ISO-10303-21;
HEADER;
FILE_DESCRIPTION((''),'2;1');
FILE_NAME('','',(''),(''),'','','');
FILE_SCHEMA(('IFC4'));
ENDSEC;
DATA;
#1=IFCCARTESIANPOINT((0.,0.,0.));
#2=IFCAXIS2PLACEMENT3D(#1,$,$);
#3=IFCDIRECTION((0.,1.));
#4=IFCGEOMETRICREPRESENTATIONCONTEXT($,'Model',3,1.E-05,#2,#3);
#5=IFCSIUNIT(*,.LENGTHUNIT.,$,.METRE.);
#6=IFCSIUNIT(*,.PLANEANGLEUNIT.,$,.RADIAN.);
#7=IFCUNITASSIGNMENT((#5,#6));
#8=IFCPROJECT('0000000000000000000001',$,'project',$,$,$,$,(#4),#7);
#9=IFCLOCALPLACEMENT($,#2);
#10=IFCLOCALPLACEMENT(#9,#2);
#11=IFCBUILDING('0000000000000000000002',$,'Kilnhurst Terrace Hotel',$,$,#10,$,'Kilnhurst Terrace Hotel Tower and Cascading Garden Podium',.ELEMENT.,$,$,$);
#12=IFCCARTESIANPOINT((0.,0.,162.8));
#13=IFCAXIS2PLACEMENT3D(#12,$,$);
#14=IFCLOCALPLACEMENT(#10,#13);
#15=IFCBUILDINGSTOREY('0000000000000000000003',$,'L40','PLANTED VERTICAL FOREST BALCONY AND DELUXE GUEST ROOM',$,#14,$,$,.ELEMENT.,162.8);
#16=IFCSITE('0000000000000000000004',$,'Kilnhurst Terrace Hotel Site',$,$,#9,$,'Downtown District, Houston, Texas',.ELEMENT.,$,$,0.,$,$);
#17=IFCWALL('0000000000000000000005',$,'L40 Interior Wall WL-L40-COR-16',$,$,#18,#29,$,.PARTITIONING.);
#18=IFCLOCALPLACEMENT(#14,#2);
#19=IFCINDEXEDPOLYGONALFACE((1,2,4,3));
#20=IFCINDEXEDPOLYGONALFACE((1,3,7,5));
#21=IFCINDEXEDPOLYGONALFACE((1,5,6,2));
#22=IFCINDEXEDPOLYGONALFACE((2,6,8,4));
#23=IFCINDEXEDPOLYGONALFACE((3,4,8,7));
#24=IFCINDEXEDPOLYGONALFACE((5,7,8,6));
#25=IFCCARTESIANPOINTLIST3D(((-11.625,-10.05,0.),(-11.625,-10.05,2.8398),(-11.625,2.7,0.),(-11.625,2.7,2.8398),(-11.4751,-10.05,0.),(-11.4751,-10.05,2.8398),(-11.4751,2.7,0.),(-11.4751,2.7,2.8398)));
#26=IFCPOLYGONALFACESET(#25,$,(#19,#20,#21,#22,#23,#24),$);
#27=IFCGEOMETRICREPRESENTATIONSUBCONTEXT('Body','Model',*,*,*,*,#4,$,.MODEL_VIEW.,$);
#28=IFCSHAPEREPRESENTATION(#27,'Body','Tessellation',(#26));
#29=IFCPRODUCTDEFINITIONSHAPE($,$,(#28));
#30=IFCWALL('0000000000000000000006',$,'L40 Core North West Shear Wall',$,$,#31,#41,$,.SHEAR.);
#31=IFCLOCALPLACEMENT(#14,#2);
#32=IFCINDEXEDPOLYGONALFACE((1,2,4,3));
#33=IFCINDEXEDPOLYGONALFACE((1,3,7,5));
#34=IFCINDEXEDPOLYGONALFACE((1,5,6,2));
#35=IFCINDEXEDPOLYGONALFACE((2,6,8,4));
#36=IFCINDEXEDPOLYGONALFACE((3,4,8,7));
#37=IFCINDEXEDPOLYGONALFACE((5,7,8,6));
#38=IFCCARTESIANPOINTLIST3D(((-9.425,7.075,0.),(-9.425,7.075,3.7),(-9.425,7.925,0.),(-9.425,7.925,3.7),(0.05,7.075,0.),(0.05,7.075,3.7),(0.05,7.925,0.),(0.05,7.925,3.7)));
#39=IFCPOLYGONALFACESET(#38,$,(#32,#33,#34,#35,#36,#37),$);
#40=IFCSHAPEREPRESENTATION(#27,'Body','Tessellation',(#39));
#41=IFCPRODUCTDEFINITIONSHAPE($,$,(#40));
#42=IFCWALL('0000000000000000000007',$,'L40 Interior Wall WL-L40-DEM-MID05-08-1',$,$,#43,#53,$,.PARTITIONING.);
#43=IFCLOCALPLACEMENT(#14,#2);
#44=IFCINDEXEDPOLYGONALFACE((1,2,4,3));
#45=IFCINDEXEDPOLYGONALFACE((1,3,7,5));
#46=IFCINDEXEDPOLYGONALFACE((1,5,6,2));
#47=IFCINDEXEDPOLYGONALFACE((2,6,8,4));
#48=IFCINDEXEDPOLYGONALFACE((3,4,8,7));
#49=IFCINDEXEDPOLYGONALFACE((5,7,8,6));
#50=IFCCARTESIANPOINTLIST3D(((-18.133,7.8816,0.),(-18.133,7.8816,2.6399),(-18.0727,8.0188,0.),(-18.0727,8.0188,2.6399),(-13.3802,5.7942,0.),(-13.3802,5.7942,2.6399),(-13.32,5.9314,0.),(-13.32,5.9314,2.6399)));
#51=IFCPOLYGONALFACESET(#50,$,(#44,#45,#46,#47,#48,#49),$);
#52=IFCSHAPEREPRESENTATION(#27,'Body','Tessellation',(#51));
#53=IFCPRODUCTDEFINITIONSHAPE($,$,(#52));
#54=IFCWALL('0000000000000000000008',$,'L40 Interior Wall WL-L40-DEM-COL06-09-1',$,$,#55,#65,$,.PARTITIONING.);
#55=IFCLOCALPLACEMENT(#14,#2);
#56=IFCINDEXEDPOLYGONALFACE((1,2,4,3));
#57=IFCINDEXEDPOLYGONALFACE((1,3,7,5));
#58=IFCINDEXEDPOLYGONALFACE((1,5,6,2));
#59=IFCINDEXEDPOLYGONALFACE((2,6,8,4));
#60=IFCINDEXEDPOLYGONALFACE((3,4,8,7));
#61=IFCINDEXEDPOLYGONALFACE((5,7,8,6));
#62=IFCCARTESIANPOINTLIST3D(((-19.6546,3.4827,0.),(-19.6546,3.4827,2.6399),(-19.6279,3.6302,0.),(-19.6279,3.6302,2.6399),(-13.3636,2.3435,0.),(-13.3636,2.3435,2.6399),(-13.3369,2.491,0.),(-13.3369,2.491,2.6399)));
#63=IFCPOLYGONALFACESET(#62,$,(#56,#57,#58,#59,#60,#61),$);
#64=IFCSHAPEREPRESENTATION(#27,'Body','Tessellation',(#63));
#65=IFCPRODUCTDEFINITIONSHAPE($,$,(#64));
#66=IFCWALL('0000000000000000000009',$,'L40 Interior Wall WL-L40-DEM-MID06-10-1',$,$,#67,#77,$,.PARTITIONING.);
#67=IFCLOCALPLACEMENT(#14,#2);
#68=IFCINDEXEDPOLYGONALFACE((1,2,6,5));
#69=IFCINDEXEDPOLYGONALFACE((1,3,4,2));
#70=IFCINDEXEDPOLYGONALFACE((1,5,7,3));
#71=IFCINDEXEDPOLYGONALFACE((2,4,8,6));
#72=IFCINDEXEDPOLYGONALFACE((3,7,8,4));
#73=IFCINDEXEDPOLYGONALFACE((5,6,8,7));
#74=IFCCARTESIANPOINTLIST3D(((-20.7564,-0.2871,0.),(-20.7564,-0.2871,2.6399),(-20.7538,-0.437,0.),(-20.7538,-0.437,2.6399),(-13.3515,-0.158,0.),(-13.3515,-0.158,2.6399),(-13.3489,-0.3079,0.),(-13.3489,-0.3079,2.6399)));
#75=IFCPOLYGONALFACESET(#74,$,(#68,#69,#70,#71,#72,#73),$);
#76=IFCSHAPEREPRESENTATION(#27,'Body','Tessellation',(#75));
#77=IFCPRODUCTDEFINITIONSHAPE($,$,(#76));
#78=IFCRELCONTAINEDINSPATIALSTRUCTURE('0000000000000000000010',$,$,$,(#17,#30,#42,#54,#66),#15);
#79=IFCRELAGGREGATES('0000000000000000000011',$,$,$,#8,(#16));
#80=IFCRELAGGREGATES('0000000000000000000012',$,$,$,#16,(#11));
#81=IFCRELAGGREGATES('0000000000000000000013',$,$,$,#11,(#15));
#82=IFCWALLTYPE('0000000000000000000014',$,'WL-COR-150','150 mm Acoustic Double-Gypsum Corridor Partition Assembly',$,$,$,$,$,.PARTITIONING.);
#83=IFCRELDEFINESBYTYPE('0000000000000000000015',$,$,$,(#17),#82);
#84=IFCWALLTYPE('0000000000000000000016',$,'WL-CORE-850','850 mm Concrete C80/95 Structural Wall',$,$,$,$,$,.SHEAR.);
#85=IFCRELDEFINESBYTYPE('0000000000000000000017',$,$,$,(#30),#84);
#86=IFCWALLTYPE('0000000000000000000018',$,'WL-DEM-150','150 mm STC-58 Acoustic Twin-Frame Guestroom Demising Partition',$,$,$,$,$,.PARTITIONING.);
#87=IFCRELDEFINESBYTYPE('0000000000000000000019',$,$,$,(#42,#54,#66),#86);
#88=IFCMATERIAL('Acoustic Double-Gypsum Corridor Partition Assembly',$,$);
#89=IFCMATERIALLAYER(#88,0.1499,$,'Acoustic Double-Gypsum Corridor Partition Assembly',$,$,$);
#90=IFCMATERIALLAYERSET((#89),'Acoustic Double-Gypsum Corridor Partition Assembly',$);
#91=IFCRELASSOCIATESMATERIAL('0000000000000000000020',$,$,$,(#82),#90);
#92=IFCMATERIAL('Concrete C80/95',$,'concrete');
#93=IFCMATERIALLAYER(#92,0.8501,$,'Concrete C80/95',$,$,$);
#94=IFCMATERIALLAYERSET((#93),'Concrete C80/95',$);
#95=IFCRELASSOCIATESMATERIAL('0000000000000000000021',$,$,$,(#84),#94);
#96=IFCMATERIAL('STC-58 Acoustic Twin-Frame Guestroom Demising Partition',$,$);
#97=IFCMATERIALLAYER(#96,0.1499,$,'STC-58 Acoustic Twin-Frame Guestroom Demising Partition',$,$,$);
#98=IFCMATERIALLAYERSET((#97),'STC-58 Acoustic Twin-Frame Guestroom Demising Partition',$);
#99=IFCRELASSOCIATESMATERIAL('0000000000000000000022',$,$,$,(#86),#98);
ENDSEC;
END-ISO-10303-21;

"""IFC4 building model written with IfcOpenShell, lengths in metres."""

from ifc_helpers import new_model, si_unit, direction, frame, frame_2d, origin, place, context, subcontext, project, spatial, rectangle, extrude, material, layer, layer_set, type_object, element, save


model = new_model("IFC4")

# Units and contexts
model_context = context("Model", 3, precision=1e-05, world=origin(), true_north=direction((0.0, 1.0)))
body_context = subcontext(model_context, "Body", "Model", "MODEL_VIEW")
ifc_project = project(units=[si_unit("LENGTHUNIT", "METRE"), si_unit("PLANEANGLEUNIT", "RADIAN")], contexts=[model_context])

# Site, building, storey
site_placement = place(None, origin())
site = spatial("IfcSite", under=ifc_project, at=site_placement, Name="Kilnhurst Terrace Hotel Site", LongName="Downtown District, Houston, Texas", CompositionType="ELEMENT", RefElevation=0.0)
building_placement = place(site_placement, origin())
building = spatial("IfcBuilding", under=site, at=building_placement, Name="Kilnhurst Terrace Hotel", LongName="Kilnhurst Terrace Hotel Tower and Cascading Garden Podium", CompositionType="ELEMENT")
storey_placement = place(building_placement, frame((0.0, 0.0, 162.8)))
storey = spatial("IfcBuildingStorey", under=building, at=storey_placement, Name="L40", Description="PLANTED VERTICAL FOREST BALCONY AND DELUXE GUEST ROOM", CompositionType="ELEMENT", Elevation=162.8)

# Shared definitions
ifc_material_1 = material(Name="Concrete C80/95", Category="concrete")

# Shared definitions
ifc_material_2 = material(Name="Acoustic Double-Gypsum Corridor Partition Assembly")
ifc_layer_1 = layer(ifc_material_2, 0.1499, Name="Acoustic Double-Gypsum Corridor Partition Assembly")
ifc_layer_set_1 = layer_set([ifc_layer_1], Name="Acoustic Double-Gypsum Corridor Partition Assembly")
wall_type_1 = type_object("IfcWallType", Name="WL-COR-150", Description="150 mm Acoustic Double-Gypsum Corridor Partition Assembly", PredefinedType="PARTITIONING", material=ifc_layer_set_1)

# Walls
wall_1_placement = place(storey_placement, frame((-11.55, 2.7, 0.0), z_axis=(0.0, 0.0, 1.0), x_axis=(0.0, -1.0, 0.0)))
element("IfcWall", 1, at=wall_1_placement, inside=storey, type_object=wall_type_1, Name="L40 Interior Wall WL-L40-COR-16", PredefinedType="PARTITIONING", context=body_context, shape_type="SweptSolid", body=[
    extrude(rectangle(XDim=12.75, YDim=0.1499, at=frame_2d((6.375, 0.0))), origin(), (0.0, 0.0, 1.0), 2.8398),
])
ifc_layer_2 = layer(ifc_material_1, 0.8501, Name="Concrete C80/95")
ifc_layer_set_2 = layer_set([ifc_layer_2], Name="Concrete C80/95")
wall_type_2 = type_object("IfcWallType", Name="WL-CORE-850", Description="850 mm Concrete C80/95 Structural Wall", PredefinedType="SHEAR", material=ifc_layer_set_2)
wall_2_placement = place(storey_placement, frame((-9.425, 7.5, 0.0), z_axis=(0.0, 0.0, 1.0), x_axis=(1.0, 0.0, 0.0)))
element("IfcWall", 2, at=wall_2_placement, inside=storey, type_object=wall_type_2, Name="L40 Core North West Shear Wall", PredefinedType="SHEAR", context=body_context, shape_type="SweptSolid", body=[
    extrude(rectangle(XDim=9.4751, YDim=0.8501, at=frame_2d((4.7375, 0.0))), origin(), (0.0, 0.0, 1.0), 3.7),
])
ifc_material_3 = material(Name="STC-58 Acoustic Twin-Frame Guestroom Demising Partition")
ifc_layer_3 = layer(ifc_material_3, 0.1499, Name="STC-58 Acoustic Twin-Frame Guestroom Demising Partition")
ifc_layer_set_3 = layer_set([ifc_layer_3], Name="STC-58 Acoustic Twin-Frame Guestroom Demising Partition")
wall_type_3 = type_object("IfcWallType", Name="WL-DEM-150", Description="150 mm STC-58 Acoustic Twin-Frame Guestroom Demising Partition", PredefinedType="PARTITIONING", material=ifc_layer_set_3)
wall_3_placement = place(storey_placement, frame((-13.3501, 5.8628, 0.0), z_axis=(0.0, 0.0, 1.0), x_axis=(-0.915583, 0.402129, 0.0)))
element("IfcWall", 3, at=wall_3_placement, inside=storey, type_object=wall_type_3, Name="L40 Interior Wall WL-L40-DEM-MID05-08-1", PredefinedType="PARTITIONING", context=body_context, shape_type="SweptSolid", body=[
    extrude(rectangle(XDim=5.1909, YDim=0.1499, at=frame_2d((2.5955, 0.0))), origin(), (0.0, 0.0, 1.0), 2.6399),
])
wall_4_placement = place(storey_placement, frame((-13.3501, 2.4172, 0.0), z_axis=(0.0, 0.0, 1.0), x_axis=(-0.983998, 0.17818, 0.0)))
element("IfcWall", 4, at=wall_4_placement, inside=storey, type_object=wall_type_3, Name="L40 Interior Wall WL-L40-DEM-COL06-09-1", PredefinedType="PARTITIONING", context=body_context, shape_type="SweptSolid", body=[
    extrude(rectangle(XDim=6.3933, YDim=0.1499, at=frame_2d((3.1968, 0.0))), origin(), (0.0, 0.0, 1.0), 2.6399),
])
wall_5_placement = place(storey_placement, frame((-13.3501, -0.2329, 0.0), z_axis=(0.0, 0.0, 1.0), x_axis=(-0.999848, -0.017439, 0.0)))
element("IfcWall", 5, at=wall_5_placement, inside=storey, type_object=wall_type_3, Name="L40 Interior Wall WL-L40-DEM-MID06-10-1", PredefinedType="PARTITIONING", context=body_context, shape_type="SweptSolid", body=[
    extrude(rectangle(XDim=7.406, YDim=0.1499, at=frame_2d((3.7031, 0.0))), origin(), (0.0, 0.0, 1.0), 2.6399),
])

save(model, "model.ifc")
